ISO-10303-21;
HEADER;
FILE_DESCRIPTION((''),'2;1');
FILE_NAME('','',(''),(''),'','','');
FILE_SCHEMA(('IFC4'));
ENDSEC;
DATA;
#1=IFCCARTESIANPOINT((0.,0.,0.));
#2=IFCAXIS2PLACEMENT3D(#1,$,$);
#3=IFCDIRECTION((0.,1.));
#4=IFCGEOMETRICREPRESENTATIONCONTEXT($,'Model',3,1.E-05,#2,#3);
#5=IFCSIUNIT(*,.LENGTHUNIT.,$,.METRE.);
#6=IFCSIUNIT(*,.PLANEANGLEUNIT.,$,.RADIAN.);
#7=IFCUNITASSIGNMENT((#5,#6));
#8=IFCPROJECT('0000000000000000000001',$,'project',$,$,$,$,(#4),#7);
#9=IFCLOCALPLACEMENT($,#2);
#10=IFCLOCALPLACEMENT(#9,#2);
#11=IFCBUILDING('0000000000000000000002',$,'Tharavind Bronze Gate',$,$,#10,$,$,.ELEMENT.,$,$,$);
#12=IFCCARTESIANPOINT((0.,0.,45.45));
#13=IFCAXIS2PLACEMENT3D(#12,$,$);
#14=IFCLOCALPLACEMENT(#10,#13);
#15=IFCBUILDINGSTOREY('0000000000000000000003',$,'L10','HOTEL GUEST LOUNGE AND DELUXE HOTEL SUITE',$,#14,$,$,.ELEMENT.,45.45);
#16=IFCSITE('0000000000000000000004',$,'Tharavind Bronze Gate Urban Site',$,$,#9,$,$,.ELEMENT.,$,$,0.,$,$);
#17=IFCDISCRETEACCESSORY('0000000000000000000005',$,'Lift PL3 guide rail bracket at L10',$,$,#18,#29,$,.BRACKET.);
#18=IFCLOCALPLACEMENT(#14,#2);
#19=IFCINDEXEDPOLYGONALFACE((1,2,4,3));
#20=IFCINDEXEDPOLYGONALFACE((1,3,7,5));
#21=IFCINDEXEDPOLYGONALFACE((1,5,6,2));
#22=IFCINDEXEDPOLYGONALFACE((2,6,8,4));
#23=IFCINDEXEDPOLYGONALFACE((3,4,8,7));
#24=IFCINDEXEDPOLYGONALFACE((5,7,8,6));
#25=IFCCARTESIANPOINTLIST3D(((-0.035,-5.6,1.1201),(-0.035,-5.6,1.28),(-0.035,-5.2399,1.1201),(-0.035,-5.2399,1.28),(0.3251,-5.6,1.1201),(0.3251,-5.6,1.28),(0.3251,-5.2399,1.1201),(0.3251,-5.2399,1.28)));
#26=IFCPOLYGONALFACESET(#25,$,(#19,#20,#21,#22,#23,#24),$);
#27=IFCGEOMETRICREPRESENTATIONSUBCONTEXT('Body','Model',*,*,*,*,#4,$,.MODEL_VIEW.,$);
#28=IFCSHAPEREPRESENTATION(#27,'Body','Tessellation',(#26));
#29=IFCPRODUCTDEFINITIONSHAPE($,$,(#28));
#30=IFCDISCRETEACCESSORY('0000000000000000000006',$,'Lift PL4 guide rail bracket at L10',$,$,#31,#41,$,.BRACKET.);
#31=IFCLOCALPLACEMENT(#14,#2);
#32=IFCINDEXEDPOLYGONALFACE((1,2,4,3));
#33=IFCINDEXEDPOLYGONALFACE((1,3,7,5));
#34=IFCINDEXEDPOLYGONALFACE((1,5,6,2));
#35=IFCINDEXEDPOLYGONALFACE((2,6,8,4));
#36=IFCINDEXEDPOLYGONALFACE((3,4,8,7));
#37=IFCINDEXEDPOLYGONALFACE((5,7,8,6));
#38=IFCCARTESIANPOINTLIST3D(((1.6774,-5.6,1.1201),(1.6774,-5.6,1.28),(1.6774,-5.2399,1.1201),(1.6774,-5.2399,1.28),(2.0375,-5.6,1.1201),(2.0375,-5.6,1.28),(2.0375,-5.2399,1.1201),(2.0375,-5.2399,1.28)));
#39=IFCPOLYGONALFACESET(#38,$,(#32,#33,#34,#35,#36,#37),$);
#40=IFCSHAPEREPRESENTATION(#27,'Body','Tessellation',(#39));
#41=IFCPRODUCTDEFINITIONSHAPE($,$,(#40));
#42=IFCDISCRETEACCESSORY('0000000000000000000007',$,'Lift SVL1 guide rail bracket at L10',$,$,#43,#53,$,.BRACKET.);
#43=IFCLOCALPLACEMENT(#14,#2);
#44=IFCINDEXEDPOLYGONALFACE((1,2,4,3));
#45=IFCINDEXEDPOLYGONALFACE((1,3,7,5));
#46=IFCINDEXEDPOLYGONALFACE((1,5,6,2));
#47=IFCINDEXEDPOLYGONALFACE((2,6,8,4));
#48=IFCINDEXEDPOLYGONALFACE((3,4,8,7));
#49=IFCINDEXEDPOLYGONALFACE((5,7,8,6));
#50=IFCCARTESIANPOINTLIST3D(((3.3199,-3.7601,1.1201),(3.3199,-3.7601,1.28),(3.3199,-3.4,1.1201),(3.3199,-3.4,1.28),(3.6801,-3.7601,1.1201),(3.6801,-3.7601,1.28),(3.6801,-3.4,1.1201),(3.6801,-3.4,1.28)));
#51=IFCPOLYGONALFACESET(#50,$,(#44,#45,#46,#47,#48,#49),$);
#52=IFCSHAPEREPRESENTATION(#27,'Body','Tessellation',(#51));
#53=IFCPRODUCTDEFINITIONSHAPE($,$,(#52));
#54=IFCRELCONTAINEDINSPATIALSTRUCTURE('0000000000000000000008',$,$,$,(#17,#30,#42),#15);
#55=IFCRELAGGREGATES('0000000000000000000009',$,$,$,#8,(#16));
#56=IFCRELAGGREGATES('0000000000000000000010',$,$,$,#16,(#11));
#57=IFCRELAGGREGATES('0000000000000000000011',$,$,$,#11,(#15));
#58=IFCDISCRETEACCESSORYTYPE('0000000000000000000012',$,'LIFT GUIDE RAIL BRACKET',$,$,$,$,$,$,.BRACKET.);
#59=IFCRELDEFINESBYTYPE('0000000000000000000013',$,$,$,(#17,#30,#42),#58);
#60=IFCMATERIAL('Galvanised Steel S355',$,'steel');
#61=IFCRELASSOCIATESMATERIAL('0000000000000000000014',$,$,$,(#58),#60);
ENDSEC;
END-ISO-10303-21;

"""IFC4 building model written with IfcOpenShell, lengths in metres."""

from ifc_helpers import new_model, si_unit, direction, frame, origin, origin_2d, place, context, subcontext, project, spatial, rectangle, extrude, material, type_object, element, save


model = new_model("IFC4")

# Units and contexts
model_context = context("Model", 3, precision=1e-05, world=origin(), true_north=direction((0.0, 1.0)))
body_context = subcontext(model_context, "Body", "Model", "MODEL_VIEW")
ifc_project = project(units=[si_unit("LENGTHUNIT", "METRE"), si_unit("PLANEANGLEUNIT", "RADIAN")], contexts=[model_context])

# Site, building, storey
site_placement = place(None, origin())
site = spatial("IfcSite", under=ifc_project, at=site_placement, Name="Tharavind Bronze Gate Urban Site", CompositionType="ELEMENT", RefElevation=0.0)
building_placement = place(site_placement, origin())
building = spatial("IfcBuilding", under=site, at=building_placement, Name="Tharavind Bronze Gate", CompositionType="ELEMENT")
storey_placement = place(building_placement, frame((0.0, 0.0, 45.45)))
storey = spatial("IfcBuildingStorey", under=building, at=storey_placement, Name="L10", Description="HOTEL GUEST LOUNGE AND DELUXE HOTEL SUITE", CompositionType="ELEMENT", Elevation=45.45)

# Discrete accessories
ifc_material_1 = material(Name="Galvanised Steel S355", Category="steel")
discrete_accessory_type = type_object("IfcDiscreteAccessoryType", Name="LIFT GUIDE RAIL BRACKET", PredefinedType="BRACKET", material=ifc_material_1)
for number, where, z_axis, x_axis, name in (
    (1, (0.145, -5.4199, 1.1201), (0.0, 0.0, 1.0), (1.0, 0.0, 0.0), "Lift PL3 guide rail bracket at L10"),
    (2, (1.8574, -5.4199, 1.1201), (0.0, 0.0, 1.0), (1.0, 0.0, 0.0), "Lift PL4 guide rail bracket at L10"),
    (3, (3.5, -3.5801, 1.1201), (0.0, 0.0, 1.0), (1.0, 0.0, 0.0), "Lift SVL1 guide rail bracket at L10"),
):
    element("IfcDiscreteAccessory", number, at=place(storey_placement, frame(where, z_axis=z_axis, x_axis=x_axis)), inside=storey, type_object=discrete_accessory_type, Name=name, PredefinedType="BRACKET", context=body_context, shape_type="SweptSolid", body=[
        extrude(rectangle(XDim=0.3601, YDim=0.3601, at=origin_2d()), origin(), (0.0, 0.0, 1.0), 0.1599),
    ])

save(model, "model.ifc")
